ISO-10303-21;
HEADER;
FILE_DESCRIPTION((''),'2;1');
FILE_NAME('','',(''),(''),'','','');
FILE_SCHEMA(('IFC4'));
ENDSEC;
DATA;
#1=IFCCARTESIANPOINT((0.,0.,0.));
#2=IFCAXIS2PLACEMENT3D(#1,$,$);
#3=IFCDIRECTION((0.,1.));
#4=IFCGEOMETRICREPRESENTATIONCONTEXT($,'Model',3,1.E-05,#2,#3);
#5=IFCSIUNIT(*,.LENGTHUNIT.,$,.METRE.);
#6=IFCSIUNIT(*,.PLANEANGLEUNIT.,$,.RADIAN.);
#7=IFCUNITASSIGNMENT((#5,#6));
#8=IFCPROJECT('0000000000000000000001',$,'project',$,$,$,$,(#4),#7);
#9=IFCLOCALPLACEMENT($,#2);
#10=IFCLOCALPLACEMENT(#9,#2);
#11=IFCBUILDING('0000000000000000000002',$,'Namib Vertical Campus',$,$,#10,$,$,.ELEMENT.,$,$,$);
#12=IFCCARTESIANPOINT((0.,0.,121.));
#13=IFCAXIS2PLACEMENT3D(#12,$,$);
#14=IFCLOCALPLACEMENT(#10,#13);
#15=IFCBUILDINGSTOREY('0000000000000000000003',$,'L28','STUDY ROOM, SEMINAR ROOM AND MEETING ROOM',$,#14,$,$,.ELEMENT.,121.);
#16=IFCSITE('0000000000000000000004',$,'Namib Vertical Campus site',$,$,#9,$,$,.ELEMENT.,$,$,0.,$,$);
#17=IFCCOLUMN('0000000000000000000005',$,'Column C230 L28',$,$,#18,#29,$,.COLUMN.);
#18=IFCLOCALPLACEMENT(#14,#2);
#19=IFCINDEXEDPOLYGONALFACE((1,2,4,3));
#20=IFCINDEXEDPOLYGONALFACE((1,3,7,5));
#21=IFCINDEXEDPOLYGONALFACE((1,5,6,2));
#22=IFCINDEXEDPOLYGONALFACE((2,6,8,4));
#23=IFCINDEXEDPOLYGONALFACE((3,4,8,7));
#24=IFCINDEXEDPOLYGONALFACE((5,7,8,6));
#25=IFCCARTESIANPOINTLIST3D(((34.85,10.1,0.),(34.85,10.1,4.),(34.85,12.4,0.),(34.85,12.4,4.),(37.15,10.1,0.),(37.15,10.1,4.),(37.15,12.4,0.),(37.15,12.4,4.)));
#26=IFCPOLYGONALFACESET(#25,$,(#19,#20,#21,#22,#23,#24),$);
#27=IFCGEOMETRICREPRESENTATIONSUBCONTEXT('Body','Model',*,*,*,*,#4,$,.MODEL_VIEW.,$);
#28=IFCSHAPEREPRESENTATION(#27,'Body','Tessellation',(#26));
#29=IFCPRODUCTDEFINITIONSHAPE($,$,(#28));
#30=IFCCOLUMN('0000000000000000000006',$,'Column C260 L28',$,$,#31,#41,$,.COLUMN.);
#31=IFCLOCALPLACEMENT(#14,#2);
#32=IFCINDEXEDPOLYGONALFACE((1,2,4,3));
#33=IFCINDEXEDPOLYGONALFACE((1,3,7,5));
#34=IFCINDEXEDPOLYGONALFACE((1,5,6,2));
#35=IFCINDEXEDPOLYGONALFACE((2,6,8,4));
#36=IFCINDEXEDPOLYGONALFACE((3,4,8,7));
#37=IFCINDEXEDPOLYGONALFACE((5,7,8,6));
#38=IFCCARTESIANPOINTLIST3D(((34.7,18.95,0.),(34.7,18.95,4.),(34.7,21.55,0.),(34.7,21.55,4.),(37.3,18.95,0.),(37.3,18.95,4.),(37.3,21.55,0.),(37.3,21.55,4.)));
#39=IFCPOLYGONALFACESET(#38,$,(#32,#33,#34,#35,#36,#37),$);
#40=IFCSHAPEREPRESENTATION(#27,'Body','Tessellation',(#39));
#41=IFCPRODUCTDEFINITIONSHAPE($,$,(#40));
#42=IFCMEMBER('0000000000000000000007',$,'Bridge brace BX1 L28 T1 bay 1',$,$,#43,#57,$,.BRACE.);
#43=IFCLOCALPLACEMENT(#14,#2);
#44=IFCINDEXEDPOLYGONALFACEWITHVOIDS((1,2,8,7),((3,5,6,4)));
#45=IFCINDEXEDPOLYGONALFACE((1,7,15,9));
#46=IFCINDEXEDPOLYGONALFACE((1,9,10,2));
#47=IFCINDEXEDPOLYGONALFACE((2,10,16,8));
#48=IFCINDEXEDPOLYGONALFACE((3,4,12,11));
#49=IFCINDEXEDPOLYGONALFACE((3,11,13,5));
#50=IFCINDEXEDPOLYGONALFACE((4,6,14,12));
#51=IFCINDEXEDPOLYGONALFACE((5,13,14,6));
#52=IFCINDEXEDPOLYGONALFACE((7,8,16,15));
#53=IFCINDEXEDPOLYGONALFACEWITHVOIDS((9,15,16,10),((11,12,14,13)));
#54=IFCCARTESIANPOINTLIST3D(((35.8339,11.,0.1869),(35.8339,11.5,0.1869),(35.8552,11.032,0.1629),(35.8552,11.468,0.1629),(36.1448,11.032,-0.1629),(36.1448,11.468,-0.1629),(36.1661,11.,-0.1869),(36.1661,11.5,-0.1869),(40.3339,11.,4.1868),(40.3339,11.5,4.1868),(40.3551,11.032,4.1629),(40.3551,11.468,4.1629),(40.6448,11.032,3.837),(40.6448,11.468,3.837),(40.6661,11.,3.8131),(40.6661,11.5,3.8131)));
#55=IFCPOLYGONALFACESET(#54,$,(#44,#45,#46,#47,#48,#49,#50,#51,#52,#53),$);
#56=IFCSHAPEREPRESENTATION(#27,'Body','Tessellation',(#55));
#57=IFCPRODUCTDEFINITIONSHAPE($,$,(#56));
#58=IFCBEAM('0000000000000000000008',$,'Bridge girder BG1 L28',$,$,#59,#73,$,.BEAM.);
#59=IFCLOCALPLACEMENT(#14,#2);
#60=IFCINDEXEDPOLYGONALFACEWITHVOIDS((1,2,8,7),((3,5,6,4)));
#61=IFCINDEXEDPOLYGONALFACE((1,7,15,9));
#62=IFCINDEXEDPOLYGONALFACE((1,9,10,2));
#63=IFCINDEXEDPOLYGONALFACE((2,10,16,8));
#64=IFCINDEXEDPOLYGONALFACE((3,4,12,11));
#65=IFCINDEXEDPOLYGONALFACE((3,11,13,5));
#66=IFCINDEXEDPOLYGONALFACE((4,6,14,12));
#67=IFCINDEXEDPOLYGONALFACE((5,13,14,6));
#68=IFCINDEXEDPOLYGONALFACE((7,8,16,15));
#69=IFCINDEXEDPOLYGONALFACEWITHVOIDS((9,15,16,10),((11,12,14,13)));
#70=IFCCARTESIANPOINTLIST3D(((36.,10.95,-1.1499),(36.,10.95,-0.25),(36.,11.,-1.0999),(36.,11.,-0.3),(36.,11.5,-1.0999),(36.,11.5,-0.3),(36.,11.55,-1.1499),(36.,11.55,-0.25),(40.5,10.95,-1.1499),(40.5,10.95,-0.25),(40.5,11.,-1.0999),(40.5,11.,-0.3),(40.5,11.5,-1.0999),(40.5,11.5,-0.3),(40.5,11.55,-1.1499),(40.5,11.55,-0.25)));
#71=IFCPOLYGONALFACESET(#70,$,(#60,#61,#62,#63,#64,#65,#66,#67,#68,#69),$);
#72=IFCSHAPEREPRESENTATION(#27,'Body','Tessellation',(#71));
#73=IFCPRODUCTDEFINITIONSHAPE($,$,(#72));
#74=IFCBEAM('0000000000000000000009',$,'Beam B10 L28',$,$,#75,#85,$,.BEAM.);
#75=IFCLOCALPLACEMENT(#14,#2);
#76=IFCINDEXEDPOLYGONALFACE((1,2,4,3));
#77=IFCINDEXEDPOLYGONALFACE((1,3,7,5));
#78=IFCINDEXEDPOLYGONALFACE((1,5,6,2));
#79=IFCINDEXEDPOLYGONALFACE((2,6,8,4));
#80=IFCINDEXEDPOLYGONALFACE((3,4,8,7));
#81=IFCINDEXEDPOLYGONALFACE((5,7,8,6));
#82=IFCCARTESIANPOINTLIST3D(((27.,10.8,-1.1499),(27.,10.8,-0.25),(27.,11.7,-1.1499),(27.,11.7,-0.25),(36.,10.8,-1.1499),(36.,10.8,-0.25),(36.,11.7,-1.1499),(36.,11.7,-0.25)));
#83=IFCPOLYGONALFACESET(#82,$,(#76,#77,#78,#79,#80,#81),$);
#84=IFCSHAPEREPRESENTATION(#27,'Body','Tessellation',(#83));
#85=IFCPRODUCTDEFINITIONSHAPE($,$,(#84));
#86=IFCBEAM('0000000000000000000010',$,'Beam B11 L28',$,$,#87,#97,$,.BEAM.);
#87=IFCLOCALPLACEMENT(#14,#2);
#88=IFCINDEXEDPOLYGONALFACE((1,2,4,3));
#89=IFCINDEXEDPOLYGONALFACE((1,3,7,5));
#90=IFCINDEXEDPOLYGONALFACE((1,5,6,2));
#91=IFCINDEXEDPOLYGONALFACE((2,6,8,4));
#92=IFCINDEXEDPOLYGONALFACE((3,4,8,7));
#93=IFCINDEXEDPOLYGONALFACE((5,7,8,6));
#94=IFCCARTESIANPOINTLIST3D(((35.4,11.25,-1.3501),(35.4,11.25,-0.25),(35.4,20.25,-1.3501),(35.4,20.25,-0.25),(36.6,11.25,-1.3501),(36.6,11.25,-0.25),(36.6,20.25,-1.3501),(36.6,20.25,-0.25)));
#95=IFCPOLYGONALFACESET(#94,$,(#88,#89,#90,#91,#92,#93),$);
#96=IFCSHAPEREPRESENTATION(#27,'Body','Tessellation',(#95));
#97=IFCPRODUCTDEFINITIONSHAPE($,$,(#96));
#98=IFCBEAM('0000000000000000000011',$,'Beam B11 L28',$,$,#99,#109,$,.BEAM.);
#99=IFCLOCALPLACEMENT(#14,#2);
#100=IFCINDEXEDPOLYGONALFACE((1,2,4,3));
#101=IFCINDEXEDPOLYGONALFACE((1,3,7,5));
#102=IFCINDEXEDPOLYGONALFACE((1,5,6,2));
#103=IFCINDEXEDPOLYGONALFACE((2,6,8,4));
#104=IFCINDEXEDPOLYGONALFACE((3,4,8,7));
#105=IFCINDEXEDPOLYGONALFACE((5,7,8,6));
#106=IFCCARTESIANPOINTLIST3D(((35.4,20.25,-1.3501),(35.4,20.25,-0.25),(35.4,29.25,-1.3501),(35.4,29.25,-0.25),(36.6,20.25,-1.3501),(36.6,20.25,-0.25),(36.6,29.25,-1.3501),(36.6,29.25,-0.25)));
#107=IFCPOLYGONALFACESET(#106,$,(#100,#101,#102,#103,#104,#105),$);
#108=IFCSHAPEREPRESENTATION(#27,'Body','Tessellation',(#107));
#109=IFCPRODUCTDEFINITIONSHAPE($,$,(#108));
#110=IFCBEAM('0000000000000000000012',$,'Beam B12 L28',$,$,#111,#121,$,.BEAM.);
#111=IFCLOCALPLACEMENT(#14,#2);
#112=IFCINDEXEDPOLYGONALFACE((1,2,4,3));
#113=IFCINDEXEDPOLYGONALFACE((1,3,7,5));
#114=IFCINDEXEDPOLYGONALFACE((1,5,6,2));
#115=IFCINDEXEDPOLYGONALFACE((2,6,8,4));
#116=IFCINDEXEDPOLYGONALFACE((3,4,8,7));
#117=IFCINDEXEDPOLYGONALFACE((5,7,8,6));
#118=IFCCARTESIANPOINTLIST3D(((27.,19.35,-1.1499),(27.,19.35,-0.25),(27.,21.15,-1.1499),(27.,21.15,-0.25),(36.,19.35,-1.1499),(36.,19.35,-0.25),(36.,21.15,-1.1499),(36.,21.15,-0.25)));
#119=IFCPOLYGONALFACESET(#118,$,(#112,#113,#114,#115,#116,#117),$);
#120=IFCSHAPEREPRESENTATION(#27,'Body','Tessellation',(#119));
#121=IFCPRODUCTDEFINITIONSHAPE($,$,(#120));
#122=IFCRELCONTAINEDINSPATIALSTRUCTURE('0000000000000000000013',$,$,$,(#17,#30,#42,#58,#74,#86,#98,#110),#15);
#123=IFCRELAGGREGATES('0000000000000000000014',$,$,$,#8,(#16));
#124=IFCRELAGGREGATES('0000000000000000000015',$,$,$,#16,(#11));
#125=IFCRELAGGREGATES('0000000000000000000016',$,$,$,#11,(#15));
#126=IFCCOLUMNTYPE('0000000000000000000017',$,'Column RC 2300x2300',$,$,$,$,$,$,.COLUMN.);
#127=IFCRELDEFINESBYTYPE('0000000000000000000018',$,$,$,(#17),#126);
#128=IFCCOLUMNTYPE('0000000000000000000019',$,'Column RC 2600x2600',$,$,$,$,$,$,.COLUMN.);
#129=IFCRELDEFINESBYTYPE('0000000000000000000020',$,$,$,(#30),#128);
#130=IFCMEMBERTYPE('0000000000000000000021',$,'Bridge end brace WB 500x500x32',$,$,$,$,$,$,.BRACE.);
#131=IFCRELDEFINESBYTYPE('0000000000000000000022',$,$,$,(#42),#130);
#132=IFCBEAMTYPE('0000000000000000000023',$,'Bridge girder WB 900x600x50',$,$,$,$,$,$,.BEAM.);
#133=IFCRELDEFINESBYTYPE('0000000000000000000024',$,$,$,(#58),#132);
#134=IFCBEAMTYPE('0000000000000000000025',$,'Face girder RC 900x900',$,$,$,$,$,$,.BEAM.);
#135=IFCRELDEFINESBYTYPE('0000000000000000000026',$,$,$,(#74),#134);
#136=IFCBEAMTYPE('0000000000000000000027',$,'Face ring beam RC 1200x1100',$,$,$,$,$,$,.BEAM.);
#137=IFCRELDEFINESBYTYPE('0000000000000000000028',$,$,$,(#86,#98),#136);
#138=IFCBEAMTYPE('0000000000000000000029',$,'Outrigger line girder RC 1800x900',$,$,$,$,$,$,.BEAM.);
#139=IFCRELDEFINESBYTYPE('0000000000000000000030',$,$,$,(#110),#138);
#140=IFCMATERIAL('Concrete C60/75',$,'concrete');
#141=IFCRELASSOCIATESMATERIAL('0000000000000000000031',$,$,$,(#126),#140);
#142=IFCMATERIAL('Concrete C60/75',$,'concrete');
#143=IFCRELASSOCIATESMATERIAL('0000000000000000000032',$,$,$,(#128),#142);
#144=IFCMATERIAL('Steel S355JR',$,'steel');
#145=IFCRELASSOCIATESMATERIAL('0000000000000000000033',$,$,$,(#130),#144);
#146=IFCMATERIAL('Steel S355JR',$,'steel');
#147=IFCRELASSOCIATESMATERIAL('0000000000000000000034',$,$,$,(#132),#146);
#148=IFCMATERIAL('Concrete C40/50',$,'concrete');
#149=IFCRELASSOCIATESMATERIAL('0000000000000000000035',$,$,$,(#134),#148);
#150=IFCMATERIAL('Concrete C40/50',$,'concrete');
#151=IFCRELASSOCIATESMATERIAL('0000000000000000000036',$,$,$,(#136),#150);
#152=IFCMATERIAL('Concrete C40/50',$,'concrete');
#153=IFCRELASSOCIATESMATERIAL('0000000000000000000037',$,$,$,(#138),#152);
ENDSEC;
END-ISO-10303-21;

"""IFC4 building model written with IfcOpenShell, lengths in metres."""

from ifc_helpers import new_model, si_unit, direction, frame, origin, origin_2d, place, context, subcontext, project, spatial, rectangle, hollow_rectangle, extrude, material, material_profile, profile_set, type_object, element, save


model = new_model("IFC4")

# Units and contexts
model_context = context("Model", 3, precision=1e-05, world=origin(), true_north=direction((0.0, 1.0)))
body_context = subcontext(model_context, "Body", "Model", "MODEL_VIEW")
ifc_project = project(units=[si_unit("LENGTHUNIT", "METRE"), si_unit("PLANEANGLEUNIT", "RADIAN")], contexts=[model_context])

# Site, building, storey
site_placement = place(None, origin())
site = spatial("IfcSite", under=ifc_project, at=site_placement, Name="Namib Vertical Campus site", CompositionType="ELEMENT", RefElevation=0.0)
building_placement = place(site_placement, origin())
building = spatial("IfcBuilding", under=site, at=building_placement, Name="Namib Vertical Campus", CompositionType="ELEMENT")
storey_placement = place(building_placement, frame((0.0, 0.0, 121.0)))
storey = spatial("IfcBuildingStorey", under=building, at=storey_placement, Name="L28", Description="STUDY ROOM, SEMINAR ROOM AND MEETING ROOM", CompositionType="ELEMENT", Elevation=121.0)

# Columns
ifc_material_1 = material(Name="Concrete C60/75", Category="concrete")
ifc_material_profile_1 = material_profile(ifc_material_1, rectangle(XDim=2.3, YDim=2.3, at=origin_2d()))
ifc_profile_set_1 = profile_set([ifc_material_profile_1], Name="Concrete C60/75")
column_type_1 = type_object("IfcColumnType", Name="Column RC 2300x2300", PredefinedType="COLUMN", material=ifc_profile_set_1)
column_1_placement = place(storey_placement, frame((36.0, 11.25, 0.0), z_axis=(0.0, 0.0, 1.0), x_axis=(1.0, 0.0, 0.0)))
element("IfcColumn", 1, at=column_1_placement, inside=storey, type_object=column_type_1, Name="Column C230 L28", PredefinedType="COLUMN", context=body_context, shape_type="SweptSolid", body=[
    extrude(rectangle(XDim=2.3, YDim=2.3, at=origin_2d()), origin(), (0.0, 0.0, 1.0), 4.0),
])
ifc_material_2 = material(Name="Concrete C60/75", Category="concrete")
ifc_material_profile_2 = material_profile(ifc_material_2, rectangle(XDim=2.6001, YDim=2.6001, at=origin_2d()))
ifc_profile_set_2 = profile_set([ifc_material_profile_2], Name="Concrete C60/75")
column_type_2 = type_object("IfcColumnType", Name="Column RC 2600x2600", PredefinedType="COLUMN", material=ifc_profile_set_2)
column_2_placement = place(storey_placement, frame((36.0, 20.25, 0.0), z_axis=(0.0, 0.0, 1.0), x_axis=(1.0, 0.0, 0.0)))
element("IfcColumn", 2, at=column_2_placement, inside=storey, type_object=column_type_2, Name="Column C260 L28", PredefinedType="COLUMN", context=body_context, shape_type="SweptSolid", body=[
    extrude(rectangle(XDim=2.6001, YDim=2.6001, at=origin_2d()), origin(), (0.0, 0.0, 1.0), 4.0),
])

# Member
ifc_material_3 = material(Name="Steel S355JR", Category="steel")
ifc_material_profile_3 = material_profile(ifc_material_3, hollow_rectangle(XDim=0.5, YDim=0.5, WallThickness=0.032, at=origin_2d()))
ifc_profile_set_3 = profile_set([ifc_material_profile_3], Name="Steel S355JR")
member_type = type_object("IfcMemberType", Name="Bridge end brace WB 500x500x32", PredefinedType="BRACE", material=ifc_profile_set_3)
member_placement = place(storey_placement, frame((36.0, 11.25, 0.0), z_axis=(0.747409, 0.0, 0.664364), x_axis=(0.0, 1.0, 0.0)))
element("IfcMember", 3, at=member_placement, inside=storey, type_object=member_type, Name="Bridge brace BX1 L28 T1 bay 1", PredefinedType="BRACE", context=body_context, shape_type="SweptSolid", body=[
    extrude(hollow_rectangle(XDim=0.5, YDim=0.5, WallThickness=0.032, at=origin_2d()), origin(), (0.0, 0.0, 1.0), 6.0208),
])

# Beams
ifc_material_4 = material(Name="Steel S355JR", Category="steel")
ifc_material_profile_4 = material_profile(ifc_material_4, hollow_rectangle(XDim=0.6001, YDim=0.8999, WallThickness=0.05, at=origin_2d()))
ifc_profile_set_4 = profile_set([ifc_material_profile_4], Name="Steel S355JR")
beam_type_1 = type_object("IfcBeamType", Name="Bridge girder WB 900x600x50", PredefinedType="BEAM", material=ifc_profile_set_4)
beam_1_placement = place(storey_placement, frame((36.0, 11.25, -0.7), z_axis=(1.0, 0.0, 0.0), x_axis=(0.0, 1.0, 0.0)))
element("IfcBeam", 4, at=beam_1_placement, inside=storey, type_object=beam_type_1, Name="Bridge girder BG1 L28", PredefinedType="BEAM", context=body_context, shape_type="SweptSolid", body=[
    extrude(hollow_rectangle(XDim=0.6001, YDim=0.8999, WallThickness=0.05, at=origin_2d()), origin(), (0.0, 0.0, 1.0), 4.5),
])
ifc_material_5 = material(Name="Concrete C40/50", Category="concrete")
ifc_material_profile_5 = material_profile(ifc_material_5, rectangle(XDim=0.8999, YDim=0.8999, at=origin_2d()))
ifc_profile_set_5 = profile_set([ifc_material_profile_5], Name="Concrete C40/50")
beam_type_2 = type_object("IfcBeamType", Name="Face girder RC 900x900", PredefinedType="BEAM", material=ifc_profile_set_5)
beam_2_placement = place(storey_placement, frame((36.0, 11.25, -0.7), z_axis=(-1.0, 0.0, 0.0), x_axis=(0.0, -1.0, 0.0)))
element("IfcBeam", 5, at=beam_2_placement, inside=storey, type_object=beam_type_2, Name="Beam B10 L28", PredefinedType="BEAM", context=body_context, shape_type="SweptSolid", body=[
    extrude(rectangle(XDim=0.8999, YDim=0.8999, at=origin_2d()), origin(), (0.0, 0.0, 1.0), 9.0),
])
ifc_material_6 = material(Name="Concrete C40/50", Category="concrete")
ifc_material_profile_6 = material_profile(ifc_material_6, rectangle(XDim=1.2, YDim=1.1001, at=origin_2d()))
ifc_profile_set_6 = profile_set([ifc_material_profile_6], Name="Concrete C40/50")
beam_type_3 = type_object("IfcBeamType", Name="Face ring beam RC 1200x1100", PredefinedType="BEAM", material=ifc_profile_set_6)
for number, where, z_axis, x_axis, name in (
    (6, (36.0, 11.25, -0.8), (0.0, 1.0, 0.0), (-1.0, 0.0, 0.0), "Beam B11 L28"),
    (7, (36.0, 20.25, -0.8), (0.0, 1.0, 0.0), (-1.0, 0.0, 0.0), "Beam B11 L28"),
):
    element("IfcBeam", number, at=place(storey_placement, frame(where, z_axis=z_axis, x_axis=x_axis)), inside=storey, type_object=beam_type_3, Name=name, PredefinedType="BEAM", context=body_context, shape_type="SweptSolid", body=[
        extrude(rectangle(XDim=1.2, YDim=1.1001, at=origin_2d()), origin(), (0.0, 0.0, 1.0), 9.0),
    ])
ifc_material_7 = material(Name="Concrete C40/50", Category="concrete")
ifc_material_profile_7 = material_profile(ifc_material_7, rectangle(XDim=1.8, YDim=0.8999, at=origin_2d()))
ifc_profile_set_7 = profile_set([ifc_material_profile_7], Name="Concrete C40/50")
beam_type_4 = type_object("IfcBeamType", Name="Outrigger line girder RC 1800x900", PredefinedType="BEAM", material=ifc_profile_set_7)
beam_3_placement = place(storey_placement, frame((36.0, 20.25, -0.7), z_axis=(-1.0, 0.0, 0.0), x_axis=(0.0, -1.0, 0.0)))
element("IfcBeam", 8, at=beam_3_placement, inside=storey, type_object=beam_type_4, Name="Beam B12 L28", PredefinedType="BEAM", context=body_context, shape_type="SweptSolid", body=[
    extrude(rectangle(XDim=1.8, YDim=0.8999, at=origin_2d()), origin(), (0.0, 0.0, 1.0), 9.0),
])

save(model, "model.ifc")
